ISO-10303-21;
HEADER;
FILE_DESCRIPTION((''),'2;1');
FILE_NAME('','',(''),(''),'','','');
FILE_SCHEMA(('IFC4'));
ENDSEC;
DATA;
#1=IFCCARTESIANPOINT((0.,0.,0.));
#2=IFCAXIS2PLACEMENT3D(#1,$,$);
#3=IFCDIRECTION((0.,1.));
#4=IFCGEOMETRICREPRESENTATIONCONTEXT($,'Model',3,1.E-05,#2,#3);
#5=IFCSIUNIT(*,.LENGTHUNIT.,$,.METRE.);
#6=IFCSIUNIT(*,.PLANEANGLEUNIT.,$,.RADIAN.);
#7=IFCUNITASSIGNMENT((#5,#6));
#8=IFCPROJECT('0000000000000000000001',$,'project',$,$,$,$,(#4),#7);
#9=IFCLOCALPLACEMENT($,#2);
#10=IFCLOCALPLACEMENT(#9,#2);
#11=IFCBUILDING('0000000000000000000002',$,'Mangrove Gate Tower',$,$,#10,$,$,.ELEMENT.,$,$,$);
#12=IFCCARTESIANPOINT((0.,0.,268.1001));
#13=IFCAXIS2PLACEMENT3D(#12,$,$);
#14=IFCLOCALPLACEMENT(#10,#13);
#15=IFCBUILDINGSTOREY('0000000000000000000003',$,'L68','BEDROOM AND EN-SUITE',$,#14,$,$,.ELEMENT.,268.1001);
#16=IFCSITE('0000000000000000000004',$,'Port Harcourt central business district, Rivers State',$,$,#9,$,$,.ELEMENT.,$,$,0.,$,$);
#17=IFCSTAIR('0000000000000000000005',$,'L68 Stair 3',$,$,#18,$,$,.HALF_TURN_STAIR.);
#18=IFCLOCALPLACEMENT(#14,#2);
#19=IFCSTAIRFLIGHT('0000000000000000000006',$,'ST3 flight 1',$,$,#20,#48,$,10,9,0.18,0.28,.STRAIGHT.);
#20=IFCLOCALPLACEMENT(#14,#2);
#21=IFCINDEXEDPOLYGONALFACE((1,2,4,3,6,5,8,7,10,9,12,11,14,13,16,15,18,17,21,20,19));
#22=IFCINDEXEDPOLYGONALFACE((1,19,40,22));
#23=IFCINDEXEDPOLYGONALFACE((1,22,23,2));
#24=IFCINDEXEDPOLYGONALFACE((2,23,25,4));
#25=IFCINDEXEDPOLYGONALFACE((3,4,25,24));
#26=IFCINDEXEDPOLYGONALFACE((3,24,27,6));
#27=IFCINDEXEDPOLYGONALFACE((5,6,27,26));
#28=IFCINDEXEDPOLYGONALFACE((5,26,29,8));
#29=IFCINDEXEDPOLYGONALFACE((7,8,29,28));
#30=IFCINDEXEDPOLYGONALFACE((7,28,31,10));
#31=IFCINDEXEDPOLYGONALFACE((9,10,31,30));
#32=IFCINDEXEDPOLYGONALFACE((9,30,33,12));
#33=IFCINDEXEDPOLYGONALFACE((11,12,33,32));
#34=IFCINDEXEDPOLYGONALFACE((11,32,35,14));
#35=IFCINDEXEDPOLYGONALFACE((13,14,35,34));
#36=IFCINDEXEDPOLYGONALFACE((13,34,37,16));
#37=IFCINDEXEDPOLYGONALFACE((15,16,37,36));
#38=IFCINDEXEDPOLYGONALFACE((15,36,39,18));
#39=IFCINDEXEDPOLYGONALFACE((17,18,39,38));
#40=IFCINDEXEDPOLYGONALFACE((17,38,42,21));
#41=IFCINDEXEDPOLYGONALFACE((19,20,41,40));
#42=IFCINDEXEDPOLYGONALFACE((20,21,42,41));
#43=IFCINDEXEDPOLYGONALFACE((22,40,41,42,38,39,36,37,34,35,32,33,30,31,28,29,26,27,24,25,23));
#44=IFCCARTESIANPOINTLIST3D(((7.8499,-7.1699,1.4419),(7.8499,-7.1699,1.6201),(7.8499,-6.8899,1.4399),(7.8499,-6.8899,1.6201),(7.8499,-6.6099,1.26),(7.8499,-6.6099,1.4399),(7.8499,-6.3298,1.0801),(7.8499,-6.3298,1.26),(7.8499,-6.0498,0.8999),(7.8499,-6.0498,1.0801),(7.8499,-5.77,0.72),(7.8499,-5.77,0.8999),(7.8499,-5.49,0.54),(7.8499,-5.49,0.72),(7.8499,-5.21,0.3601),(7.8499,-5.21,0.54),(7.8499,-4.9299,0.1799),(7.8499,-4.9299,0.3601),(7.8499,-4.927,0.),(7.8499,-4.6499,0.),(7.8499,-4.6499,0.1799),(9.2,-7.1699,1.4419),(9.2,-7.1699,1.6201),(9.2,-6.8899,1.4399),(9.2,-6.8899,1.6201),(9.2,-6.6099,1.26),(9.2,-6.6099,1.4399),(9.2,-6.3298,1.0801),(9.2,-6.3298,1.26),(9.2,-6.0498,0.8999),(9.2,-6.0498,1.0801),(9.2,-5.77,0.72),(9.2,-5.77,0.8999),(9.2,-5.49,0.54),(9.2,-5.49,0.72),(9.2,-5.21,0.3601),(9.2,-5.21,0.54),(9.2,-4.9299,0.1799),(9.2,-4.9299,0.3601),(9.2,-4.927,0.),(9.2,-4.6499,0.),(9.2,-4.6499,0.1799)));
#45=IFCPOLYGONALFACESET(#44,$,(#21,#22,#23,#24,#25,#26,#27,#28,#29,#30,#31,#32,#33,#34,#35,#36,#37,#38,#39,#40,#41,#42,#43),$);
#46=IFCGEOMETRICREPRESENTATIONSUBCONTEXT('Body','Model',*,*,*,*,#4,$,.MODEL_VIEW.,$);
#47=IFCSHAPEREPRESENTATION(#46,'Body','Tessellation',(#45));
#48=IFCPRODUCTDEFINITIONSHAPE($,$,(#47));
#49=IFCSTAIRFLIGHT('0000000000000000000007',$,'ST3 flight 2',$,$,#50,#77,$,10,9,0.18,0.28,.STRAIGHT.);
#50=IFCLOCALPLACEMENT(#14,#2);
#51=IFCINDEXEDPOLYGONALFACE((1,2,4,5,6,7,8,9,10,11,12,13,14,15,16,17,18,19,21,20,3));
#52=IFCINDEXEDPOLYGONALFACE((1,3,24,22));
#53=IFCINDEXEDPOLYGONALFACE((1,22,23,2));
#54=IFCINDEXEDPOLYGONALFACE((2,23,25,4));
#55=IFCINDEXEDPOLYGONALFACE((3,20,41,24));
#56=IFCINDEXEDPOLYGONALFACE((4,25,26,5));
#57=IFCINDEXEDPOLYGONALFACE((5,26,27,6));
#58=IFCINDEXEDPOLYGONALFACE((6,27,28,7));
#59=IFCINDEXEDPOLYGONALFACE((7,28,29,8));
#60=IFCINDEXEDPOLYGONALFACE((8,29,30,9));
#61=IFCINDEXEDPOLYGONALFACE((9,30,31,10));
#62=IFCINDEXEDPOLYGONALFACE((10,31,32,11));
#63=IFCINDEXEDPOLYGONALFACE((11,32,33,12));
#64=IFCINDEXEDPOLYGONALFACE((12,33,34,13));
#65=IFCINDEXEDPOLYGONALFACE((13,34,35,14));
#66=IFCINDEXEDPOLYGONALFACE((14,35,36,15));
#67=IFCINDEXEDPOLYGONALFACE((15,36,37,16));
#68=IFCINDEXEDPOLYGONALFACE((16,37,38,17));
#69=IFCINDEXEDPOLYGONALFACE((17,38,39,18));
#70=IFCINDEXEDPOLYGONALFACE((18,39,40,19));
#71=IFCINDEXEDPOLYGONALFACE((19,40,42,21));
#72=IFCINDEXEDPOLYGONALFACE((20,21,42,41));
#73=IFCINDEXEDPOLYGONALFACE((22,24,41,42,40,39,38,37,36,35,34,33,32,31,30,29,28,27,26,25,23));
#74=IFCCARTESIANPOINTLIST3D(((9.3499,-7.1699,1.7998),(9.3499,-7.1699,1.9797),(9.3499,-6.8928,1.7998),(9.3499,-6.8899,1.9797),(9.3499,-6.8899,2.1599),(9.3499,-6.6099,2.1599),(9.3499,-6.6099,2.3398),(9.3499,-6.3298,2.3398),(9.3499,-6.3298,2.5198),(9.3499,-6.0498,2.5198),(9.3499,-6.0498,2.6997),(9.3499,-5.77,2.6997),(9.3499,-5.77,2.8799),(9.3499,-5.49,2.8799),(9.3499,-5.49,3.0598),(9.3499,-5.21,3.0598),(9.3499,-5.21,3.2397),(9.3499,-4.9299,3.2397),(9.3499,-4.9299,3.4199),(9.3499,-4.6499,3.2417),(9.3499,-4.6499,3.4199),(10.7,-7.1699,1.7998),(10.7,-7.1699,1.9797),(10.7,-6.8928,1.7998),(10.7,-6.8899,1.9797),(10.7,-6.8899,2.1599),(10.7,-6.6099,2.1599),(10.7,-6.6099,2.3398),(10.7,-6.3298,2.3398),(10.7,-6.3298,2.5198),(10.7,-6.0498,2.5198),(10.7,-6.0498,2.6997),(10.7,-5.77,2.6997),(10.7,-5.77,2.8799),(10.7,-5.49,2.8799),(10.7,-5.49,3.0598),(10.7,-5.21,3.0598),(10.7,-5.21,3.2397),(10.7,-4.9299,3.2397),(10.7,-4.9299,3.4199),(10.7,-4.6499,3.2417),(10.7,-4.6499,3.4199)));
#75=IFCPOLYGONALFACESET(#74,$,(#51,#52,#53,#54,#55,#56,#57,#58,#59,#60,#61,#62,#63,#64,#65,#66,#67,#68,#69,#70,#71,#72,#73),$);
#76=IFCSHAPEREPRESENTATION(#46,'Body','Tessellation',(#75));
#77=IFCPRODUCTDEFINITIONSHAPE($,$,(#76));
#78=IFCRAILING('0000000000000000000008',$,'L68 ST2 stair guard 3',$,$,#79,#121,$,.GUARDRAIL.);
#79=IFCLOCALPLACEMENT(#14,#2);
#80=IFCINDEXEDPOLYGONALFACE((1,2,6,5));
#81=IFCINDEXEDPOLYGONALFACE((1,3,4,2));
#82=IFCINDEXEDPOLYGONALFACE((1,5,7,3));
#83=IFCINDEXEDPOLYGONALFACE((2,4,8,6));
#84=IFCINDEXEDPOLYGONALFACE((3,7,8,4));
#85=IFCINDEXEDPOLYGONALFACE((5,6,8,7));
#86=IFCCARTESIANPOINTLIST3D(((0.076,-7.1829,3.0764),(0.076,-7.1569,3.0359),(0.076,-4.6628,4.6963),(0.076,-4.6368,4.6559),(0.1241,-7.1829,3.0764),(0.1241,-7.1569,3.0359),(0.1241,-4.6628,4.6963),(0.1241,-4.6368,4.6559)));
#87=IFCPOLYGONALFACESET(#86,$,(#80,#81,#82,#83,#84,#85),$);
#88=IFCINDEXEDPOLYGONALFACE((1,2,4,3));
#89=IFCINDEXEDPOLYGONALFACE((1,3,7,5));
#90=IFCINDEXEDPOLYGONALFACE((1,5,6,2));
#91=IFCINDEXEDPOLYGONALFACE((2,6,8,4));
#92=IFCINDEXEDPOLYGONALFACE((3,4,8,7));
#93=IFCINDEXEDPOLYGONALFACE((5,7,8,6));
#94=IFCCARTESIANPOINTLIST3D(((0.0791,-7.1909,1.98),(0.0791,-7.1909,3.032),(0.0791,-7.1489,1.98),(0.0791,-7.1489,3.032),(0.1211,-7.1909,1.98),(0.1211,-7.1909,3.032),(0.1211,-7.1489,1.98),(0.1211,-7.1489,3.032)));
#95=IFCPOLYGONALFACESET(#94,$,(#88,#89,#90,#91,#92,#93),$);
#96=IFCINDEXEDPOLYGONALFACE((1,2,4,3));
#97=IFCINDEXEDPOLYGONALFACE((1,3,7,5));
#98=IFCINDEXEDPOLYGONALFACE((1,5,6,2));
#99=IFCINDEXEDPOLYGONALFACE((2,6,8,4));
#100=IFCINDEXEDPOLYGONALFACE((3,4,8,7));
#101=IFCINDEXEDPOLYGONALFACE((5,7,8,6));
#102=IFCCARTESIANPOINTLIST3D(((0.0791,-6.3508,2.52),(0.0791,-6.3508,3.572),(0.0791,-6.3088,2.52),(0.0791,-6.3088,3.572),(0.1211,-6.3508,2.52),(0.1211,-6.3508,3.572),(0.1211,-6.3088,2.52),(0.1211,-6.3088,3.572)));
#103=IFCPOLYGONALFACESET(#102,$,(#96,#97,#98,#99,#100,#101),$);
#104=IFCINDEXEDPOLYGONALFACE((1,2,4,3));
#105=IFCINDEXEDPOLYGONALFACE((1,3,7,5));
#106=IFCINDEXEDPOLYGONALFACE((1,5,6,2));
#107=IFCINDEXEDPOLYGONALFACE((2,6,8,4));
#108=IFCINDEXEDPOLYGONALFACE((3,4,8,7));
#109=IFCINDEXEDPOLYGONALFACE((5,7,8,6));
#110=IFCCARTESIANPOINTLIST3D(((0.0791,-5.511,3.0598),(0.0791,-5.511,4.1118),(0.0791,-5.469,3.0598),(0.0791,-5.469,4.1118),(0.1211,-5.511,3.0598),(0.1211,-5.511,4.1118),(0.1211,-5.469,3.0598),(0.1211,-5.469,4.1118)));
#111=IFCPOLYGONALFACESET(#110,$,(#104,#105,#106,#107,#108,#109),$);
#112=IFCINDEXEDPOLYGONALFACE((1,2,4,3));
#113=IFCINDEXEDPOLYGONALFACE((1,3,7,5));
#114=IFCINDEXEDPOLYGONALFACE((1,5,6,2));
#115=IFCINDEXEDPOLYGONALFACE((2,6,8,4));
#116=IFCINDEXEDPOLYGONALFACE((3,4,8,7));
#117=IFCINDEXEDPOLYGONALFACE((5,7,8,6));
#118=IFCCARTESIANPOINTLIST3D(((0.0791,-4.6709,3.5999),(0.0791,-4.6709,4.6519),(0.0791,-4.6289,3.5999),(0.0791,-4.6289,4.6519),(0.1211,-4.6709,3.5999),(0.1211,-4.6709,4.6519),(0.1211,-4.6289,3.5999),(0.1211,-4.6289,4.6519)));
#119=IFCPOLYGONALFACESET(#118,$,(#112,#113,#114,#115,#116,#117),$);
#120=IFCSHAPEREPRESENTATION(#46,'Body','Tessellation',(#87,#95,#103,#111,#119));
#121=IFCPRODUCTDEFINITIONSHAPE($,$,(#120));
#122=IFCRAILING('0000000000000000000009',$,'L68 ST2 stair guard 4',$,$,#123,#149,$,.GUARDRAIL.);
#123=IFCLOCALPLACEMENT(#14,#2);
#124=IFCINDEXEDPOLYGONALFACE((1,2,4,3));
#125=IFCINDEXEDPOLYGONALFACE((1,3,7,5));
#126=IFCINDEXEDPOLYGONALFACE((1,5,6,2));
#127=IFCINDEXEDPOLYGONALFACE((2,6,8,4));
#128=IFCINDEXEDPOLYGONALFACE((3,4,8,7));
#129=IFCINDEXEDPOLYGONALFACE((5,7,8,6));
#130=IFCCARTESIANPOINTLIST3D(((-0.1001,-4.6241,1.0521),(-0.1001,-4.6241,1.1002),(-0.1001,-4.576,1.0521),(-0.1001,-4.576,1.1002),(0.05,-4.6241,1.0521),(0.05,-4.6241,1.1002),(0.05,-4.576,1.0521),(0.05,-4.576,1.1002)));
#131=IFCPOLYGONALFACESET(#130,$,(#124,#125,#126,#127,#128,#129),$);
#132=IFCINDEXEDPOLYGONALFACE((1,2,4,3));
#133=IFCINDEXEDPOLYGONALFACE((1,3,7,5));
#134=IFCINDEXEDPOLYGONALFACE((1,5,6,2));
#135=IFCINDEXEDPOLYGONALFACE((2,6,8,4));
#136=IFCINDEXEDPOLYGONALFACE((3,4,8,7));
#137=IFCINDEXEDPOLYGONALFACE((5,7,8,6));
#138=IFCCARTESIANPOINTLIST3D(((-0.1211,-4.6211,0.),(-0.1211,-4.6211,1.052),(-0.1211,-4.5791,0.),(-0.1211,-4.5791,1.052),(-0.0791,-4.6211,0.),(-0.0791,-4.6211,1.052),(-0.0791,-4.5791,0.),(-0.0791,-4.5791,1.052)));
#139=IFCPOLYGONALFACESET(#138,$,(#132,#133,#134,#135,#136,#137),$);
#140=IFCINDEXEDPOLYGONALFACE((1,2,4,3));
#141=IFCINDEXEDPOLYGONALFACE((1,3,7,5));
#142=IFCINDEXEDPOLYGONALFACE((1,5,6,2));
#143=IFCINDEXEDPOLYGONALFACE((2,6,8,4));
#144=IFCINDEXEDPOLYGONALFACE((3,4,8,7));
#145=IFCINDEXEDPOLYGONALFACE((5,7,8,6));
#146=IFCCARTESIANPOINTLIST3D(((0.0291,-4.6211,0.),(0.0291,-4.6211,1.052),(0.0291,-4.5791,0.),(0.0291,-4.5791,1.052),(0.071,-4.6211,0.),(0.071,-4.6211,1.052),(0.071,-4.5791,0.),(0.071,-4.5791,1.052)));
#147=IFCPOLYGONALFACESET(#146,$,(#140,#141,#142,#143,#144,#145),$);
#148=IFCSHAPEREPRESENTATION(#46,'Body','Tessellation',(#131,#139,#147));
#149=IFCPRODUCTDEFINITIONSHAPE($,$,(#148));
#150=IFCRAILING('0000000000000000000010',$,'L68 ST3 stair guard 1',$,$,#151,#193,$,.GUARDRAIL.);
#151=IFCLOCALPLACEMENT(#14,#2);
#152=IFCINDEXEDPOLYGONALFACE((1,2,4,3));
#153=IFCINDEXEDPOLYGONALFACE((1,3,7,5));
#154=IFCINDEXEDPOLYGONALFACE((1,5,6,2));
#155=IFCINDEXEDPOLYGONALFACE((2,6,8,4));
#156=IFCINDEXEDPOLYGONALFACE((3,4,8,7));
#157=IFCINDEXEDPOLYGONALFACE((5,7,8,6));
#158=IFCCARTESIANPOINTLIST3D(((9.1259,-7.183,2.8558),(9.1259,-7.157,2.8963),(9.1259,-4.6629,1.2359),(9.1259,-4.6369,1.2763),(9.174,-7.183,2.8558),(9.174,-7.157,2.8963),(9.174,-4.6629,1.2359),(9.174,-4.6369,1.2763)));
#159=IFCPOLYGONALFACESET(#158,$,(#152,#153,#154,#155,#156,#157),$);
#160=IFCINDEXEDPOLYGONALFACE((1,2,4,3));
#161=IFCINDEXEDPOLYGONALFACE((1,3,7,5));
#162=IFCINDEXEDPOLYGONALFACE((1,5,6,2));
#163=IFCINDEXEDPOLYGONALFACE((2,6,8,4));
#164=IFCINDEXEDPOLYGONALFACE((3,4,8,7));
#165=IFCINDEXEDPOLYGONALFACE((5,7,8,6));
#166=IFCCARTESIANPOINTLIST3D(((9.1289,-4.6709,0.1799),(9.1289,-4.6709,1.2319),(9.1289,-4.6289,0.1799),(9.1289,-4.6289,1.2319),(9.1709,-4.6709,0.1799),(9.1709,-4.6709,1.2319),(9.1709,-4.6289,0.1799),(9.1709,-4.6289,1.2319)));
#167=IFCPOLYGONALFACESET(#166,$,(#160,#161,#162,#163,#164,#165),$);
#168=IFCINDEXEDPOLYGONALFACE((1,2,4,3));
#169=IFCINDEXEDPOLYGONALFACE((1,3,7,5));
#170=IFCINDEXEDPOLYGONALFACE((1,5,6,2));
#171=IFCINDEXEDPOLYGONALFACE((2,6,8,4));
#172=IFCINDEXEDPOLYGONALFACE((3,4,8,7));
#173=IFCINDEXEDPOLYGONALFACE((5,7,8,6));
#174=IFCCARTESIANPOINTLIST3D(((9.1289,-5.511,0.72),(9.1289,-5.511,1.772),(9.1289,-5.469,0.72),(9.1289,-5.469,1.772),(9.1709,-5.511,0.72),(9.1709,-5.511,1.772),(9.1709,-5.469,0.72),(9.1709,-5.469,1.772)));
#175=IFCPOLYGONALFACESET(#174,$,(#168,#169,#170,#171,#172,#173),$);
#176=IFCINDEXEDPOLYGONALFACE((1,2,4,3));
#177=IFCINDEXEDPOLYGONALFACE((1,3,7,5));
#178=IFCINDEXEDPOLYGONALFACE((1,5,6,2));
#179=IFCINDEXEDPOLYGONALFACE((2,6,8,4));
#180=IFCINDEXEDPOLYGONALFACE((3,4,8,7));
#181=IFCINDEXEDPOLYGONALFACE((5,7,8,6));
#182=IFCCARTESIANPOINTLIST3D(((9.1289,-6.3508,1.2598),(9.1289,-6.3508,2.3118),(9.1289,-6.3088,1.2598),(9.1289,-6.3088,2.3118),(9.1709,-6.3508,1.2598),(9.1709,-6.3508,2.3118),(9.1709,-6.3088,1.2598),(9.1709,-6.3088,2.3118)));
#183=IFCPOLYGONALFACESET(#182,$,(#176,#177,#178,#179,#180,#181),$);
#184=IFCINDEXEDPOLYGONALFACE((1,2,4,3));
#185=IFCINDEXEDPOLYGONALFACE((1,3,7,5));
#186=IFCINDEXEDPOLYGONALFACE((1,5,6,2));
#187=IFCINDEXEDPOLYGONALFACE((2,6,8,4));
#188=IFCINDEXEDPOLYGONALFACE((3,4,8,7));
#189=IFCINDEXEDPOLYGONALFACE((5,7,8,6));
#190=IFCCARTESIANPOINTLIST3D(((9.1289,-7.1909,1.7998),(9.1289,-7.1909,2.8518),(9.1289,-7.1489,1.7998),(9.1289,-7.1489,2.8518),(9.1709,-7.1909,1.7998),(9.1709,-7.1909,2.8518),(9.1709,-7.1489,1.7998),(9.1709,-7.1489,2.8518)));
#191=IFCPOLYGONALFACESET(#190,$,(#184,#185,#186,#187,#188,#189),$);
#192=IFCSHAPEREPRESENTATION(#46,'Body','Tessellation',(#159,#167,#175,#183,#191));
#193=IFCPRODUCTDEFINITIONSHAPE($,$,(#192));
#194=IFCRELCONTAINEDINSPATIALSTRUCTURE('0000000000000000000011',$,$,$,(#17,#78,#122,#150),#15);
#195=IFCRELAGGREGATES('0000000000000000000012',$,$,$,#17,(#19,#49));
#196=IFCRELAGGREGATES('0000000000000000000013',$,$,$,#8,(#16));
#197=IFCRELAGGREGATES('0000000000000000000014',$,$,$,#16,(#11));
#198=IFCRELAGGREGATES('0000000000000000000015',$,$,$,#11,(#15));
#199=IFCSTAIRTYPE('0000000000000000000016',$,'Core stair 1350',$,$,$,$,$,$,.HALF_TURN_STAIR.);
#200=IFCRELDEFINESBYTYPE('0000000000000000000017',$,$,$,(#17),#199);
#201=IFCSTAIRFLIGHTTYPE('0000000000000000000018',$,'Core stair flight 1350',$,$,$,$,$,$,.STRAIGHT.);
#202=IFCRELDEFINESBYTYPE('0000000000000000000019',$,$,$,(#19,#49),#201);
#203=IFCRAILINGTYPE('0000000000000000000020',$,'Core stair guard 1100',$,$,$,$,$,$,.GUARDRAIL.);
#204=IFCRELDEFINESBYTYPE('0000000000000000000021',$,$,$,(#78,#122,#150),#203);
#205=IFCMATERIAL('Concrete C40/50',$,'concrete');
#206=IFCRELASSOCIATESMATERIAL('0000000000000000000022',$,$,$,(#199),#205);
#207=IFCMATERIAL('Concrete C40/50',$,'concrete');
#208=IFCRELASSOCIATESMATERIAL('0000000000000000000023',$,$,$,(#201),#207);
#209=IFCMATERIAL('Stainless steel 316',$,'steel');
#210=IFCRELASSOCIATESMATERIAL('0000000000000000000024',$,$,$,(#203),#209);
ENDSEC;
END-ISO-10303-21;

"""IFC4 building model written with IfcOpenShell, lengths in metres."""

from ifc_helpers import new_model, si_unit, direction, frame, origin, origin_2d, place, context, subcontext, project, spatial, polyline, rectangle, outline, extrude, material, type_object, element, aggregate, save


model = new_model("IFC4")

# Units and contexts
model_context = context("Model", 3, precision=1e-05, world=origin(), true_north=direction((0.0, 1.0)))
body_context = subcontext(model_context, "Body", "Model", "MODEL_VIEW")
ifc_project = project(units=[si_unit("LENGTHUNIT", "METRE"), si_unit("PLANEANGLEUNIT", "RADIAN")], contexts=[model_context])

# Site, building, storey
site_placement = place(None, origin())
site = spatial("IfcSite", under=ifc_project, at=site_placement, Name="Port Harcourt central business district, Rivers State", CompositionType="ELEMENT", RefElevation=0.0)
building_placement = place(site_placement, origin())
building = spatial("IfcBuilding", under=site, at=building_placement, Name="Mangrove Gate Tower", CompositionType="ELEMENT")
storey_placement = place(building_placement, frame((0.0, 0.0, 268.1001)))
storey = spatial("IfcBuildingStorey", under=building, at=storey_placement, Name="L68", Description="BEDROOM AND EN-SUITE", CompositionType="ELEMENT", Elevation=268.1001)

# Shared definitions
ifc_material_1 = material(Name="Concrete C40/50", Category="concrete")
stair_type = type_object("IfcStairType", Name="Core stair 1350", PredefinedType="HALF_TURN_STAIR", material=ifc_material_1)
ifc_material_2 = material(Name="Concrete C40/50", Category="concrete")
stair_flight_type = type_object("IfcStairFlightType", Name="Core stair flight 1350", PredefinedType="STRAIGHT", material=ifc_material_2)

# Stair, stair flights
stair_1_placement = place(storey_placement, origin())
stair_1 = element("IfcStair", 1, at=stair_1_placement, inside=storey, type_object=stair_type, Name="L68 Stair 3", PredefinedType="HALF_TURN_STAIR")
stair_flight_1_placement = place(storey_placement, frame((8.5249, -4.6499, 0.0), z_axis=(0.0, 0.0, 1.0), x_axis=(0.0, -1.0, 0.0)))
stair_flight_1 = element("IfcStairFlight", 2, at=stair_flight_1_placement, type_object=stair_flight_type, Name="ST3 flight 1", NumberOfRisers=10, NumberOfTreads=9, PredefinedType="STRAIGHT", RiserHeight=0.18, TreadLength=0.28, context=body_context, shape_type="SweptSolid", body=[
    extrude(outline(polyline([(0.0, 0.0), (0.0, 0.1799), (0.28, 0.1799), (0.28, 0.3601), (0.5601, 0.3601), (0.5601, 0.54), (0.8401, 0.54), (0.8401, 0.72), (1.1201, 0.72), (1.1201, 0.8999), (1.3999, 0.8999), (1.3999, 1.0801), (1.6799, 1.0801), (1.6799, 1.26), (1.96, 1.26), (1.96, 1.4399), (2.24, 1.4399), (2.24, 1.6201), (2.52, 1.6201), (2.52, 1.8), (2.52, 1.4419), (0.2771, 0.0), (0.0, 0.0)])), frame((0.0, 0.675, 0.0), z_axis=(0.0, -1.0, 0.0), x_axis=(1.0, 0.0, 0.0)), (0.0, 0.0, 1.0), 1.3501),
])
stair_flight_2_placement = place(storey_placement, frame((10.0249, -7.1699, 1.7998), z_axis=(0.0, 0.0, 1.0), x_axis=(0.0, 1.0, 0.0)))
stair_flight_2 = element("IfcStairFlight", 3, at=stair_flight_2_placement, type_object=stair_flight_type, Name="ST3 flight 2", NumberOfRisers=10, NumberOfTreads=9, PredefinedType="STRAIGHT", RiserHeight=0.18, TreadLength=0.28, context=body_context, shape_type="SweptSolid", body=[
    extrude(outline(polyline([(0.0, 0.0), (0.0, 0.1799), (0.28, 0.1799), (0.28, 0.3601), (0.5601, 0.3601), (0.5601, 0.54), (0.8401, 0.54), (0.8401, 0.72), (1.1201, 0.72), (1.1201, 0.8999), (1.3999, 0.8999), (1.3999, 1.0801), (1.6799, 1.0801), (1.6799, 1.26), (1.96, 1.26), (1.96, 1.4399), (2.24, 1.4399), (2.24, 1.6201), (2.52, 1.6201), (2.52, 1.8), (2.52, 1.4419), (0.2771, 0.0), (0.0, 0.0)])), frame((0.0, 0.675, 0.0), z_axis=(0.0, -1.0, 0.0), x_axis=(1.0, 0.0, 0.0)), (0.0, 0.0, 1.0), 1.3501),
])
aggregate(stair_1, [stair_flight_1, stair_flight_2])

# Railings
ifc_material_3 = material(Name="Stainless steel 316", Category="steel")
railing_type_1 = type_object("IfcRailingType", Name="Core stair guard 1100", PredefinedType="GUARDRAIL", material=ifc_material_3)
railing_1_placement = place(storey_placement, frame((0.1001, -7.1699, 1.98)))
element("IfcRailing", 4, at=railing_1_placement, inside=storey, type_object=railing_type_1, Name="L68 ST2 stair guard 3", PredefinedType="GUARDRAIL", context=body_context, shape_type="SweptSolid", body=[
    extrude(rectangle(XDim=0.0481, YDim=0.0481, at=origin_2d()), frame((0.0, 0.0, 1.0762), z_axis=(0.0, 0.8412, 0.540725), x_axis=(-1.0, 0.0, 0.0)), (0.0, 0.0, 1.0), 2.9958),
    extrude(rectangle(XDim=0.042, YDim=0.042, at=origin_2d()), origin(), (0.0, 0.0, 1.0), 1.052),
    extrude(rectangle(XDim=0.042, YDim=0.042, at=origin_2d()), frame((0.0, 0.8401, 0.54)), (0.0, 0.0, 1.0), 1.052),
    extrude(rectangle(XDim=0.042, YDim=0.042, at=origin_2d()), frame((0.0, 1.6799, 1.0798)), (0.0, 0.0, 1.0), 1.052),
    extrude(rectangle(XDim=0.042, YDim=0.042, at=origin_2d()), frame((0.0, 2.52, 1.6199)), (0.0, 0.0, 1.0), 1.052),
])
railing_2_placement = place(storey_placement, frame((-0.1001, -4.6001, 0.0)))
element("IfcRailing", 5, at=railing_2_placement, inside=storey, type_object=railing_type_1, Name="L68 ST2 stair guard 4", PredefinedType="GUARDRAIL", context=body_context, shape_type="SweptSolid", body=[
    extrude(rectangle(XDim=0.0481, YDim=0.0481, at=origin_2d()), frame((0.0, 0.0, 1.0762), z_axis=(1.0, 0.0, 0.0), x_axis=(0.0, 1.0, 0.0)), (0.0, 0.0, 1.0), 0.1501),
    extrude(rectangle(XDim=0.042, YDim=0.042, at=origin_2d()), origin(), (0.0, 0.0, 1.0), 1.052),
    extrude(rectangle(XDim=0.042, YDim=0.042, at=origin_2d()), frame((0.1501, 0.0, 0.0)), (0.0, 0.0, 1.0), 1.052),
])
railing_3_placement = place(storey_placement, frame((9.1499, -4.6499, 0.1799)))
element("IfcRailing", 6, at=railing_3_placement, inside=storey, type_object=railing_type_1, Name="L68 ST3 stair guard 1", PredefinedType="GUARDRAIL", context=body_context, shape_type="SweptSolid", body=[
    extrude(rectangle(XDim=0.0481, YDim=0.0481, at=origin_2d()), frame((0.0, 0.0, 1.0762), z_axis=(0.0, -0.8412, 0.540725), x_axis=(1.0, 0.0, 0.0)), (0.0, 0.0, 1.0), 2.9958),
    extrude(rectangle(XDim=0.042, YDim=0.042, at=origin_2d()), origin(), (0.0, 0.0, 1.0), 1.052),
    extrude(rectangle(XDim=0.042, YDim=0.042, at=origin_2d()), frame((0.0, -0.8401, 0.54)), (0.0, 0.0, 1.0), 1.052),
    extrude(rectangle(XDim=0.042, YDim=0.042, at=origin_2d()), frame((0.0, -1.6799, 1.0798)), (0.0, 0.0, 1.0), 1.052),
    extrude(rectangle(XDim=0.042, YDim=0.042, at=origin_2d()), frame((0.0, -2.52, 1.6199)), (0.0, 0.0, 1.0), 1.052),
])

save(model, "model.ifc")
